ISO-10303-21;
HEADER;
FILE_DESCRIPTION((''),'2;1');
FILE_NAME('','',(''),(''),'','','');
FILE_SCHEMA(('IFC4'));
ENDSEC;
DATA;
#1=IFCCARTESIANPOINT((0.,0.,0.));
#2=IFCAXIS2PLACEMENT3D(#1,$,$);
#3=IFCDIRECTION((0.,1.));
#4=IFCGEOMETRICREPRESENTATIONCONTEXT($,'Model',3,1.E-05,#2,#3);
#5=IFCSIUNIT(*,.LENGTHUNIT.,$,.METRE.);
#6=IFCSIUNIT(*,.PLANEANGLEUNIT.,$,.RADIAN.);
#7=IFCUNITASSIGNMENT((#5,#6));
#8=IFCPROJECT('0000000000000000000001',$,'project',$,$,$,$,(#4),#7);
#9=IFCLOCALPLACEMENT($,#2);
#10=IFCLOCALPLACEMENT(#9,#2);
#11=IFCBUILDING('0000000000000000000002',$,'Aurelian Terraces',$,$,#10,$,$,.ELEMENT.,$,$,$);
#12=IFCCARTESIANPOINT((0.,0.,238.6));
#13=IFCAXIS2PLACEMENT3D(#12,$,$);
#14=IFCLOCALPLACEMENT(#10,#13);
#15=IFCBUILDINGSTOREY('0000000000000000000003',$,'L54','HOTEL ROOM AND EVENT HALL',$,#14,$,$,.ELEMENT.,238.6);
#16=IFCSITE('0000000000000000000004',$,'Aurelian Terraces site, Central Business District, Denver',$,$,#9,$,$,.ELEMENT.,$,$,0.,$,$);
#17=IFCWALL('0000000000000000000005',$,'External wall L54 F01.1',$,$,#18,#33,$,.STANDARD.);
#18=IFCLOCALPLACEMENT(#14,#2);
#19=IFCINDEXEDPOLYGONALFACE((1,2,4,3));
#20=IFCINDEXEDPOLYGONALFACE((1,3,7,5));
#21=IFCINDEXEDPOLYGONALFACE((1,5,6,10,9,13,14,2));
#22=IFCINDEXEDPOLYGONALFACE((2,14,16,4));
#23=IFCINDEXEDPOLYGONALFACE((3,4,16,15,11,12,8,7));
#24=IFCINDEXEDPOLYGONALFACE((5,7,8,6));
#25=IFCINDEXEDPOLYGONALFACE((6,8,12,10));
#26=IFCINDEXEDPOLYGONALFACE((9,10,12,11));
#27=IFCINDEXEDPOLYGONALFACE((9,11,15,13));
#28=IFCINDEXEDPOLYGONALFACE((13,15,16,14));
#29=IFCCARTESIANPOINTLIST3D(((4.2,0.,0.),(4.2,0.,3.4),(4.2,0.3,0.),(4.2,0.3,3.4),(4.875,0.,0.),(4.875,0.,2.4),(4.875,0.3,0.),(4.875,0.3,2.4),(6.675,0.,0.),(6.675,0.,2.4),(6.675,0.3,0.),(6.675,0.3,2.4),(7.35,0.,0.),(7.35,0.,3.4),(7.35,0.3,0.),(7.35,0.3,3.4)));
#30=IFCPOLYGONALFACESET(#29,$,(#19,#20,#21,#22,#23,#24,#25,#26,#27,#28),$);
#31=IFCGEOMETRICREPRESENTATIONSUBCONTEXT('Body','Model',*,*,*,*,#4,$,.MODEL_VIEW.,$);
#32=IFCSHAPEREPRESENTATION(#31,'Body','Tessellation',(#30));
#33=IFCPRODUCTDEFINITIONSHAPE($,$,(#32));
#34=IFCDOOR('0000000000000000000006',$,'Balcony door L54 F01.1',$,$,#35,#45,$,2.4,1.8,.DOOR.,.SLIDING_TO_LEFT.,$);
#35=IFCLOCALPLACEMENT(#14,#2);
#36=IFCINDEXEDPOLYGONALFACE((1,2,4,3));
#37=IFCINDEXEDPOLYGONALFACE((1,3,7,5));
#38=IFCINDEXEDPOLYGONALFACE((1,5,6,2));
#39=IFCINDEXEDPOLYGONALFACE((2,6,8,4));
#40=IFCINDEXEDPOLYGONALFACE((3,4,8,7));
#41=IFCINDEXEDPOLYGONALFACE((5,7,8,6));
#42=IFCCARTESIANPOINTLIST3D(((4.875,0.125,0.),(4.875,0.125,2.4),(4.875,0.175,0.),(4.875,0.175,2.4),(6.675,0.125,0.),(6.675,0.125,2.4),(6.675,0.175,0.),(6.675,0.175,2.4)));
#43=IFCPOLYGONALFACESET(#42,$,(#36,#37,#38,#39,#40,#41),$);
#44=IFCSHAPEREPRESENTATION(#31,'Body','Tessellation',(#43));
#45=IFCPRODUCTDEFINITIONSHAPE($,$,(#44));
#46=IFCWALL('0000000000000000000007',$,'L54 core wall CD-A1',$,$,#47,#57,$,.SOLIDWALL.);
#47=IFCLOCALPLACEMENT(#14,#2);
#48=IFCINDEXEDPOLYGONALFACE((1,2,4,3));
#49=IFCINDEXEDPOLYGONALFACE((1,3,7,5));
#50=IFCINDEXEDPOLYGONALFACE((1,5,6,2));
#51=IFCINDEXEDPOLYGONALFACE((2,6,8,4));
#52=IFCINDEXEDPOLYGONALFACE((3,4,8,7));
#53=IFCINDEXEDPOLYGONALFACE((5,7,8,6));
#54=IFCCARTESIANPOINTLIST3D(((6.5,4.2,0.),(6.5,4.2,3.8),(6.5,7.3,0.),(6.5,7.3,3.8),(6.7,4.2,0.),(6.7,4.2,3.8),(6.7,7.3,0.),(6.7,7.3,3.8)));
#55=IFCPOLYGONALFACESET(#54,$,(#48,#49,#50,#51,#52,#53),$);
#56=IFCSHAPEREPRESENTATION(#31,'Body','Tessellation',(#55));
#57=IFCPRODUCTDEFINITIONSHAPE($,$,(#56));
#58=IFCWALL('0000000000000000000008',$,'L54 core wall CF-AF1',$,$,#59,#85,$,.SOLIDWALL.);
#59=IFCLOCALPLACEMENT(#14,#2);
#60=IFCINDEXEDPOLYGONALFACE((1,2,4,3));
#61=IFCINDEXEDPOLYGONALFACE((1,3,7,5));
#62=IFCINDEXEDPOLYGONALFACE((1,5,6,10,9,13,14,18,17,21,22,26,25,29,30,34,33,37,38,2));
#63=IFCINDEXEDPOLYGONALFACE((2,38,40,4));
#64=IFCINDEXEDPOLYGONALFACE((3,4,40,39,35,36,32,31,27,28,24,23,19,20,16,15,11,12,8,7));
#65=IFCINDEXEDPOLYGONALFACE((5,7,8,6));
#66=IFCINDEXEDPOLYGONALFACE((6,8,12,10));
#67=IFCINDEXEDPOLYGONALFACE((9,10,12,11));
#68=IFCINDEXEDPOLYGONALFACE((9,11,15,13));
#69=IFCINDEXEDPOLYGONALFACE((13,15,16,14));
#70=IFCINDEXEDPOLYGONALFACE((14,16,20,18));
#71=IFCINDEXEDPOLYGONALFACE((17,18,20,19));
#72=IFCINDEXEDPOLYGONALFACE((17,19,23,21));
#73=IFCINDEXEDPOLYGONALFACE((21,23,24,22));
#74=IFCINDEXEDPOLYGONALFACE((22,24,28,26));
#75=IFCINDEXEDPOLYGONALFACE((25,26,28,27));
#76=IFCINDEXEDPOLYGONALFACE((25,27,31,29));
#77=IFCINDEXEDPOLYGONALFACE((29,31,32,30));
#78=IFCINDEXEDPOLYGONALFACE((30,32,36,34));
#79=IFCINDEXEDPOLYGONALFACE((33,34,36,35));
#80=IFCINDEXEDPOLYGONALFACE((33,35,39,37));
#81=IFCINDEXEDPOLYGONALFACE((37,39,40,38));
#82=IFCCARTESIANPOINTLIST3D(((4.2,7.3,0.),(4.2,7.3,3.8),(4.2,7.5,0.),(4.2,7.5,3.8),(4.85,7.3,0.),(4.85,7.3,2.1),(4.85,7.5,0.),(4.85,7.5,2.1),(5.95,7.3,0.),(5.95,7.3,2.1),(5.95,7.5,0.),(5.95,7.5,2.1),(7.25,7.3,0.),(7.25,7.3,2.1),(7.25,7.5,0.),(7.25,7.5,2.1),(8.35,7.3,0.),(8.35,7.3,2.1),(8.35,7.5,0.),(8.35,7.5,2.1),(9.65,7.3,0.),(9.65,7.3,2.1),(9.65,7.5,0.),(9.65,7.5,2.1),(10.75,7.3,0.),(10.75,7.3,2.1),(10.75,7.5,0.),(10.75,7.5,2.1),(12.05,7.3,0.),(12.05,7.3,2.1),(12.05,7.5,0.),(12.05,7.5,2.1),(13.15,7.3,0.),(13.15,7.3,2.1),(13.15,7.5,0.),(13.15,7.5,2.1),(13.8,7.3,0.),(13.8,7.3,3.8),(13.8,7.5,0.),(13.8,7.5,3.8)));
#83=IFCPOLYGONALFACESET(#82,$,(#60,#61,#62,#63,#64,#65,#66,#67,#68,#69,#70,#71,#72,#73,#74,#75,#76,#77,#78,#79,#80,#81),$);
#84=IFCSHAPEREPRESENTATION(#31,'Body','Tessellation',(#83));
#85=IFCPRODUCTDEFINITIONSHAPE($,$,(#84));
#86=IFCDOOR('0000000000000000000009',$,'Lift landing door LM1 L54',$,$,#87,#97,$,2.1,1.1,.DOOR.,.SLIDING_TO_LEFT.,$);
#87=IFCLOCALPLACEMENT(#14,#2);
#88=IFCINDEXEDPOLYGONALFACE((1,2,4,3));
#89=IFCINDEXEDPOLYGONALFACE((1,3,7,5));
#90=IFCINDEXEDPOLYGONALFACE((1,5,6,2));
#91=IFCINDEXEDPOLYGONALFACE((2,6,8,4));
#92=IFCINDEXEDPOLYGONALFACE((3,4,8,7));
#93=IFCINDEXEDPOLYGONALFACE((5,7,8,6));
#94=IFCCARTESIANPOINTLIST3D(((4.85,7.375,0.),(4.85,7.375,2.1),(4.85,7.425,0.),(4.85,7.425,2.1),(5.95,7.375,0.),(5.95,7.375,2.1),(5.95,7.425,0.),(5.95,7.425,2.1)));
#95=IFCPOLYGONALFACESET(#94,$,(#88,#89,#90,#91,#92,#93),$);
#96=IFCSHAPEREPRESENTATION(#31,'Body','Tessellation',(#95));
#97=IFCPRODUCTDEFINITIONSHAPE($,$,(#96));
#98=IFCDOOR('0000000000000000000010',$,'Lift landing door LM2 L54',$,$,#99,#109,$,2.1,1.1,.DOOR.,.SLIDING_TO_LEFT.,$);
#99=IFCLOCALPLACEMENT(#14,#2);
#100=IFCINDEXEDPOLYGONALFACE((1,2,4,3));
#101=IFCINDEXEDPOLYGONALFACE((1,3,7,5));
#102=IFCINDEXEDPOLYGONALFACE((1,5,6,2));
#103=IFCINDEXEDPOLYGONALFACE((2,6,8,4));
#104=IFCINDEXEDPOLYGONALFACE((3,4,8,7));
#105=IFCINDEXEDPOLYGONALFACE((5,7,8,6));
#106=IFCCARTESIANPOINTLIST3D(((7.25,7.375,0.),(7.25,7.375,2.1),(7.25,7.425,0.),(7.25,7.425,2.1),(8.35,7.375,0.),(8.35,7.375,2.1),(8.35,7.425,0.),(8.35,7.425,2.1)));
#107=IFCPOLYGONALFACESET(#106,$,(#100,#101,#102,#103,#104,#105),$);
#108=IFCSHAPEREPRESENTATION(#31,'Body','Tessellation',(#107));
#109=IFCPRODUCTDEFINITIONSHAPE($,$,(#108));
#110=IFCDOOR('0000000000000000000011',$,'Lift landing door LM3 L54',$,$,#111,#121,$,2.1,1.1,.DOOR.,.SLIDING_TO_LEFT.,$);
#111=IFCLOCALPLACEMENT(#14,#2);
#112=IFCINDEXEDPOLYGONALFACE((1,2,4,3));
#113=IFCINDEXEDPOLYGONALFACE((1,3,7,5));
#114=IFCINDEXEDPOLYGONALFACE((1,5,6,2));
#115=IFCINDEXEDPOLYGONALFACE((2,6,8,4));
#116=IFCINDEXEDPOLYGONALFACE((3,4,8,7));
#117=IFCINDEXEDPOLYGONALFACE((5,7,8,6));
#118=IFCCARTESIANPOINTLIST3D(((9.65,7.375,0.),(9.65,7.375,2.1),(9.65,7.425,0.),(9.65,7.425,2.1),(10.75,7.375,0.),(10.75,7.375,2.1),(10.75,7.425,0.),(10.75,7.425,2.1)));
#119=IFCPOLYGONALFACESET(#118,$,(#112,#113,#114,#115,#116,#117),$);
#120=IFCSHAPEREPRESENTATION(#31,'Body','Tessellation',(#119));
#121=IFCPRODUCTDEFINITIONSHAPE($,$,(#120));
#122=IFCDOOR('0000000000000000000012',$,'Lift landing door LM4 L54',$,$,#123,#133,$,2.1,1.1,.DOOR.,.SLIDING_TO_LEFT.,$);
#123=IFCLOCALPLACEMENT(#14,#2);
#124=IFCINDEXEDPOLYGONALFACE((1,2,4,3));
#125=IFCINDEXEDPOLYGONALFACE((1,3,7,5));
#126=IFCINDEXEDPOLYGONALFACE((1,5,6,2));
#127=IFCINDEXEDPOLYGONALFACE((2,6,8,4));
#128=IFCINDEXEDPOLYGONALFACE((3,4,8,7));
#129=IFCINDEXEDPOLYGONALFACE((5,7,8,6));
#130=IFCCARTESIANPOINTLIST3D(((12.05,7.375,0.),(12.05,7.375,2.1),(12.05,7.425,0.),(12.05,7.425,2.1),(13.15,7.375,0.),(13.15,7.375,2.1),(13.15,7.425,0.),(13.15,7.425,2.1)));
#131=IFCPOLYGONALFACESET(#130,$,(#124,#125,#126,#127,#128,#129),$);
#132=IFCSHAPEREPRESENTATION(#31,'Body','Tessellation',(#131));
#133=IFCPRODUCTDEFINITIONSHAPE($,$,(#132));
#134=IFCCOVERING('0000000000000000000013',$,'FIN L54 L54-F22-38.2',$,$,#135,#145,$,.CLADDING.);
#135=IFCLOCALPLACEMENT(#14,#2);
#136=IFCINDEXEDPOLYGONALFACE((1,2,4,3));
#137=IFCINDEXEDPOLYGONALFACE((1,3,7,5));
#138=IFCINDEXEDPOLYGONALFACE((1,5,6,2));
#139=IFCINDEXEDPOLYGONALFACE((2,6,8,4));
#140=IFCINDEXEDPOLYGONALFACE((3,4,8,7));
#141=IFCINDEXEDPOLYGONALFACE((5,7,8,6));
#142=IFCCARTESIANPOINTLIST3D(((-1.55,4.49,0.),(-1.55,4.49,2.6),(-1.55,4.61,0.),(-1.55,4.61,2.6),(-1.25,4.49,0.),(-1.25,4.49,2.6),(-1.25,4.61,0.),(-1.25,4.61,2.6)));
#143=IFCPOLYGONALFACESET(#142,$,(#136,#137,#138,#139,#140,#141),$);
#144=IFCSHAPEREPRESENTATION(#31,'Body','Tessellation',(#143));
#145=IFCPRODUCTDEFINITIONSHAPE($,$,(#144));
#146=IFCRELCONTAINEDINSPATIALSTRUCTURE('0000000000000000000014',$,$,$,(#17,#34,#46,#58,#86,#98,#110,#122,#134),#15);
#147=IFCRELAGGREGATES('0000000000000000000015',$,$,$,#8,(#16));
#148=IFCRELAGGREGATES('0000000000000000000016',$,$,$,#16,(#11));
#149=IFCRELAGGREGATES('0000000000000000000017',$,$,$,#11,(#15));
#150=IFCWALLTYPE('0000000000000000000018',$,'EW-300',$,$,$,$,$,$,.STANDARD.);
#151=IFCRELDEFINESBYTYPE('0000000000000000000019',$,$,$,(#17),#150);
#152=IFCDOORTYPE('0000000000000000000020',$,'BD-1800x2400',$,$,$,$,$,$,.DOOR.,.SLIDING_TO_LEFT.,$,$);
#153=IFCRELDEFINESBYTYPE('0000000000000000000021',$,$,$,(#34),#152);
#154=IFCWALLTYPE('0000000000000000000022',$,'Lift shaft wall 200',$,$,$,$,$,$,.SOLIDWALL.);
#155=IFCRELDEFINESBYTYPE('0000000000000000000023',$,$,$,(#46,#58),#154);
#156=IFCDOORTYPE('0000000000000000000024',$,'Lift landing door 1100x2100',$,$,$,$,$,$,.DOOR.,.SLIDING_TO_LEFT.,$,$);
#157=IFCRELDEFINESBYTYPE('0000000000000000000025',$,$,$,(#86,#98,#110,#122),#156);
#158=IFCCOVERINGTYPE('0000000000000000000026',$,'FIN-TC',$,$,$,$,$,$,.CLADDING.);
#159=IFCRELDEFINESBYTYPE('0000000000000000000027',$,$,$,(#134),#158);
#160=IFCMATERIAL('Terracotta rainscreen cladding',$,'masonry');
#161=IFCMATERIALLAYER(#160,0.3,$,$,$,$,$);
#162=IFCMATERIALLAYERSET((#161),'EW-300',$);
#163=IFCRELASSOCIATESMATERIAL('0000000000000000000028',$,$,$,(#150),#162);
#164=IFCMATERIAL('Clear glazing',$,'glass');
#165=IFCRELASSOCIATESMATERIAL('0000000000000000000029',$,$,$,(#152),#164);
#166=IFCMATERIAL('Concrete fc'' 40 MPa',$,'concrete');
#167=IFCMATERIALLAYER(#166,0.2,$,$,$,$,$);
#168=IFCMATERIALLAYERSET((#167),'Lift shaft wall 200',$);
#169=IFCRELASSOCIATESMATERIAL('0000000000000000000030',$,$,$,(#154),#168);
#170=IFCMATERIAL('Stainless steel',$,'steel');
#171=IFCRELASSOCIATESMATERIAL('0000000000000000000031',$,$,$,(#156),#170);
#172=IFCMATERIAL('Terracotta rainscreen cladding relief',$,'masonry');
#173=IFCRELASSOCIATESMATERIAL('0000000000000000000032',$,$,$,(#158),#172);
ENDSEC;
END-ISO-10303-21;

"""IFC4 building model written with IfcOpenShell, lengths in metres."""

from ifc_helpers import new_model, si_unit, direction, frame, frame_2d, origin, origin_2d, place, context, subcontext, project, spatial, rectangle, extrude, source, transform, mapped, material, layer, layer_set, type_object, element, fill, save


model = new_model("IFC4")

# Units and contexts
model_context = context("Model", 3, precision=1e-05, world=origin(), true_north=direction((0.0, 1.0)))
body_context = subcontext(model_context, "Body", "Model", "MODEL_VIEW")
ifc_project = project(units=[si_unit("LENGTHUNIT", "METRE"), si_unit("PLANEANGLEUNIT", "RADIAN")], contexts=[model_context])

# Site, building, storey
site_placement = place(None, origin())
site = spatial("IfcSite", under=ifc_project, at=site_placement, Name="Aurelian Terraces site, Central Business District, Denver", CompositionType="ELEMENT", RefElevation=0.0)
building_placement = place(site_placement, origin())
building = spatial("IfcBuilding", under=site, at=building_placement, Name="Aurelian Terraces", CompositionType="ELEMENT")
storey_placement = place(building_placement, frame((0.0, 0.0, 238.6)))
storey = spatial("IfcBuildingStorey", under=building, at=storey_placement, Name="L54", Description="HOTEL ROOM AND EVENT HALL", CompositionType="ELEMENT", Elevation=238.6)

# Shared definitions
ifc_material_1 = material(Name="Terracotta rainscreen cladding", Category="masonry")
ifc_layer_1 = layer(ifc_material_1, 0.3)
ifc_layer_set_1 = layer_set([ifc_layer_1], Name="EW-300")
wall_type_1 = type_object("IfcWallType", Name="EW-300", PredefinedType="STANDARD", material=ifc_layer_set_1)
ifc_material_2 = material(Name="Clear glazing", Category="glass")

# Wall, opening, door
shared_shape_1 = source(origin(), body_context, "Body", "SweptSolid", [
    extrude(rectangle(XDim=3.15, YDim=0.3, at=frame_2d((1.575, 0.0))), origin(), (0.0, 0.0, 1.0), 3.4),
])
wall_1_placement = place(storey_placement, frame((4.2, 0.15, 0.0), z_axis=(0.0, 0.0, 1.0), x_axis=(1.0, 0.0, 0.0)))
wall_1 = element("IfcWall", 1, at=wall_1_placement, inside=storey, type_object=wall_type_1, Name="External wall L54 F01.1", PredefinedType="STANDARD", context=body_context, shape_type="MappedRepresentation", body=[
    mapped(shared_shape_1, transform((0.0, 0.0, 0.0), scale=1.0)),
])
shared_shape_2 = source(origin(), body_context, "Body", "SweptSolid", [
    extrude(rectangle(XDim=1.8, YDim=2.4, at=frame_2d((0.9, 1.2))), frame((0.0, 0.16, 0.0), z_axis=(0.0, -1.0, 0.0), x_axis=(1.0, 0.0, 0.0)), (0.0, 0.0, 1.0), 0.32),
])
opening_1_placement = place(wall_1_placement, frame((0.675, 0.0, 0.0)))
opening_1 = element("IfcOpeningElement", 2, at=opening_1_placement, cuts=wall_1, PredefinedType="OPENING", context=body_context, shape_type="MappedRepresentation", body=[
    mapped(shared_shape_2, transform((0.0, 0.0, 0.0), scale=1.0)),
])
door_type_1 = type_object("IfcDoorType", Name="BD-1800x2400", OperationType="SLIDING_TO_LEFT", PredefinedType="DOOR", material=ifc_material_2)
shared_shape_3 = source(origin(), body_context, "Body", "SweptSolid", [
    extrude(rectangle(XDim=1.8, YDim=2.4, at=frame_2d((0.9, 1.2))), frame((0.0, 0.025, 0.0), z_axis=(0.0, -1.0, 0.0), x_axis=(1.0, 0.0, 0.0)), (0.0, 0.0, 1.0), 0.05),
])
door_1_placement = place(opening_1_placement, origin())
door_1 = element("IfcDoor", 3, at=door_1_placement, inside=storey, type_object=door_type_1, Name="Balcony door L54 F01.1", OperationType="SLIDING_TO_LEFT", OverallHeight=2.4, OverallWidth=1.8, PredefinedType="DOOR", context=body_context, shape_type="MappedRepresentation", body=[
    mapped(shared_shape_3, transform((0.0, 0.0, 0.0), scale=1.0)),
])
fill(opening_1, door_1)

# Wall
ifc_material_3 = material(Name="Concrete fc' 40 MPa", Category="concrete")
ifc_layer_2 = layer(ifc_material_3, 0.2)
ifc_layer_set_2 = layer_set([ifc_layer_2], Name="Lift shaft wall 200")
wall_type_2 = type_object("IfcWallType", Name="Lift shaft wall 200", PredefinedType="SOLIDWALL", material=ifc_layer_set_2)
shared_shape_4 = source(origin(), body_context, "Body", "SweptSolid", [
    extrude(rectangle(XDim=3.1, YDim=0.2, at=frame_2d((1.55, 0.0))), origin(), (0.0, 0.0, 1.0), 3.8),
])
wall_2_placement = place(storey_placement, frame((6.6, 4.2, 0.0), z_axis=(0.0, 0.0, 1.0), x_axis=(0.0, 1.0, 0.0)))
element("IfcWall", 4, at=wall_2_placement, inside=storey, type_object=wall_type_2, Name="L54 core wall CD-A1", PredefinedType="SOLIDWALL", context=body_context, shape_type="MappedRepresentation", body=[
    mapped(shared_shape_4, transform((0.0, 0.0, 0.0), scale=1.0)),
])

# Wall, openings, doors
shared_shape_5 = source(origin(), body_context, "Body", "SweptSolid", [
    extrude(rectangle(XDim=9.6, YDim=0.2, at=frame_2d((4.8, 0.0))), origin(), (0.0, 0.0, 1.0), 3.8),
])
wall_3_placement = place(storey_placement, frame((4.2, 7.4, 0.0), z_axis=(0.0, 0.0, 1.0), x_axis=(1.0, 0.0, 0.0)))
wall_3 = element("IfcWall", 5, at=wall_3_placement, inside=storey, type_object=wall_type_2, Name="L54 core wall CF-AF1", PredefinedType="SOLIDWALL", context=body_context, shape_type="MappedRepresentation", body=[
    mapped(shared_shape_5, transform((0.0, 0.0, 0.0), scale=1.0)),
])
shared_shape_6 = source(origin(), body_context, "Body", "SweptSolid", [
    extrude(rectangle(XDim=1.1, YDim=2.1, at=frame_2d((0.55, 1.05))), frame((0.0, 0.11, 0.0), z_axis=(0.0, -1.0, 0.0), x_axis=(1.0, 0.0, 0.0)), (0.0, 0.0, 1.0), 0.22),
])
opening_2_placement = place(wall_3_placement, frame((0.65, 0.0, 0.0)))
opening_2 = element("IfcOpeningElement", 6, at=opening_2_placement, cuts=wall_3, PredefinedType="OPENING", context=body_context, shape_type="MappedRepresentation", body=[
    mapped(shared_shape_6, transform((0.0, 0.0, 0.0), scale=1.0)),
])
opening_3_placement = place(wall_3_placement, frame((3.05, 0.0, 0.0)))
opening_3 = element("IfcOpeningElement", 7, at=opening_3_placement, cuts=wall_3, PredefinedType="OPENING", context=body_context, shape_type="MappedRepresentation", body=[
    mapped(shared_shape_6, transform((0.0, 0.0, 0.0), scale=1.0)),
])
opening_4_placement = place(wall_3_placement, frame((5.45, 0.0, 0.0)))
opening_4 = element("IfcOpeningElement", 8, at=opening_4_placement, cuts=wall_3, PredefinedType="OPENING", context=body_context, shape_type="MappedRepresentation", body=[
    mapped(shared_shape_6, transform((0.0, 0.0, 0.0), scale=1.0)),
])
opening_5_placement = place(wall_3_placement, frame((7.85, 0.0, 0.0)))
opening_5 = element("IfcOpeningElement", 9, at=opening_5_placement, cuts=wall_3, PredefinedType="OPENING", context=body_context, shape_type="MappedRepresentation", body=[
    mapped(shared_shape_6, transform((0.0, 0.0, 0.0), scale=1.0)),
])
ifc_material_4 = material(Name="Stainless steel", Category="steel")
door_type_2 = type_object("IfcDoorType", Name="Lift landing door 1100x2100", OperationType="SLIDING_TO_LEFT", PredefinedType="DOOR", material=ifc_material_4)
shared_shape_7 = source(origin(), body_context, "Body", "SweptSolid", [
    extrude(rectangle(XDim=1.1, YDim=2.1, at=frame_2d((0.55, 1.05))), frame((0.0, 0.025, 0.0), z_axis=(0.0, -1.0, 0.0), x_axis=(1.0, 0.0, 0.0)), (0.0, 0.0, 1.0), 0.05),
])
door_2_placement = place(opening_2_placement, origin())
door_2 = element("IfcDoor", 10, at=door_2_placement, inside=storey, type_object=door_type_2, Name="Lift landing door LM1 L54", OperationType="SLIDING_TO_LEFT", OverallHeight=2.1, OverallWidth=1.1, PredefinedType="DOOR", context=body_context, shape_type="MappedRepresentation", body=[
    mapped(shared_shape_7, transform((0.0, 0.0, 0.0), scale=1.0)),
])
fill(opening_2, door_2)
door_3_placement = place(opening_3_placement, origin())
door_3 = element("IfcDoor", 11, at=door_3_placement, inside=storey, type_object=door_type_2, Name="Lift landing door LM2 L54", OperationType="SLIDING_TO_LEFT", OverallHeight=2.1, OverallWidth=1.1, PredefinedType="DOOR", context=body_context, shape_type="MappedRepresentation", body=[
    mapped(shared_shape_7, transform((0.0, 0.0, 0.0), scale=1.0)),
])
fill(opening_3, door_3)
door_4_placement = place(opening_4_placement, origin())
door_4 = element("IfcDoor", 12, at=door_4_placement, inside=storey, type_object=door_type_2, Name="Lift landing door LM3 L54", OperationType="SLIDING_TO_LEFT", OverallHeight=2.1, OverallWidth=1.1, PredefinedType="DOOR", context=body_context, shape_type="MappedRepresentation", body=[
    mapped(shared_shape_7, transform((0.0, 0.0, 0.0), scale=1.0)),
])
fill(opening_4, door_4)
door_5_placement = place(opening_5_placement, origin())
door_5 = element("IfcDoor", 13, at=door_5_placement, inside=storey, type_object=door_type_2, Name="Lift landing door LM4 L54", OperationType="SLIDING_TO_LEFT", OverallHeight=2.1, OverallWidth=1.1, PredefinedType="DOOR", context=body_context, shape_type="MappedRepresentation", body=[
    mapped(shared_shape_7, transform((0.0, 0.0, 0.0), scale=1.0)),
])
fill(opening_5, door_5)

# Covering
ifc_material_5 = material(Name="Terracotta rainscreen cladding relief", Category="masonry")
covering_type = type_object("IfcCoveringType", Name="FIN-TC", PredefinedType="CLADDING", material=ifc_material_5)
shared_shape_8 = source(origin(), body_context, "Body", "SweptSolid", [
    extrude(rectangle(XDim=0.3, YDim=0.12, at=origin_2d()), origin(), (0.0, 0.0, 1.0), 2.6),
])
covering_placement = place(storey_placement, frame((-1.4, 4.55, 0.0), z_axis=(0.0, 0.0, 1.0), x_axis=(1.0, 0.0, 0.0)))
element("IfcCovering", 14, at=covering_placement, inside=storey, type_object=covering_type, Name="FIN L54 L54-F22-38.2", PredefinedType="CLADDING", context=body_context, shape_type="MappedRepresentation", body=[
    mapped(shared_shape_8, transform((0.0, 0.0, 0.0), scale=1.0)),
])

save(model, "model.ifc")
